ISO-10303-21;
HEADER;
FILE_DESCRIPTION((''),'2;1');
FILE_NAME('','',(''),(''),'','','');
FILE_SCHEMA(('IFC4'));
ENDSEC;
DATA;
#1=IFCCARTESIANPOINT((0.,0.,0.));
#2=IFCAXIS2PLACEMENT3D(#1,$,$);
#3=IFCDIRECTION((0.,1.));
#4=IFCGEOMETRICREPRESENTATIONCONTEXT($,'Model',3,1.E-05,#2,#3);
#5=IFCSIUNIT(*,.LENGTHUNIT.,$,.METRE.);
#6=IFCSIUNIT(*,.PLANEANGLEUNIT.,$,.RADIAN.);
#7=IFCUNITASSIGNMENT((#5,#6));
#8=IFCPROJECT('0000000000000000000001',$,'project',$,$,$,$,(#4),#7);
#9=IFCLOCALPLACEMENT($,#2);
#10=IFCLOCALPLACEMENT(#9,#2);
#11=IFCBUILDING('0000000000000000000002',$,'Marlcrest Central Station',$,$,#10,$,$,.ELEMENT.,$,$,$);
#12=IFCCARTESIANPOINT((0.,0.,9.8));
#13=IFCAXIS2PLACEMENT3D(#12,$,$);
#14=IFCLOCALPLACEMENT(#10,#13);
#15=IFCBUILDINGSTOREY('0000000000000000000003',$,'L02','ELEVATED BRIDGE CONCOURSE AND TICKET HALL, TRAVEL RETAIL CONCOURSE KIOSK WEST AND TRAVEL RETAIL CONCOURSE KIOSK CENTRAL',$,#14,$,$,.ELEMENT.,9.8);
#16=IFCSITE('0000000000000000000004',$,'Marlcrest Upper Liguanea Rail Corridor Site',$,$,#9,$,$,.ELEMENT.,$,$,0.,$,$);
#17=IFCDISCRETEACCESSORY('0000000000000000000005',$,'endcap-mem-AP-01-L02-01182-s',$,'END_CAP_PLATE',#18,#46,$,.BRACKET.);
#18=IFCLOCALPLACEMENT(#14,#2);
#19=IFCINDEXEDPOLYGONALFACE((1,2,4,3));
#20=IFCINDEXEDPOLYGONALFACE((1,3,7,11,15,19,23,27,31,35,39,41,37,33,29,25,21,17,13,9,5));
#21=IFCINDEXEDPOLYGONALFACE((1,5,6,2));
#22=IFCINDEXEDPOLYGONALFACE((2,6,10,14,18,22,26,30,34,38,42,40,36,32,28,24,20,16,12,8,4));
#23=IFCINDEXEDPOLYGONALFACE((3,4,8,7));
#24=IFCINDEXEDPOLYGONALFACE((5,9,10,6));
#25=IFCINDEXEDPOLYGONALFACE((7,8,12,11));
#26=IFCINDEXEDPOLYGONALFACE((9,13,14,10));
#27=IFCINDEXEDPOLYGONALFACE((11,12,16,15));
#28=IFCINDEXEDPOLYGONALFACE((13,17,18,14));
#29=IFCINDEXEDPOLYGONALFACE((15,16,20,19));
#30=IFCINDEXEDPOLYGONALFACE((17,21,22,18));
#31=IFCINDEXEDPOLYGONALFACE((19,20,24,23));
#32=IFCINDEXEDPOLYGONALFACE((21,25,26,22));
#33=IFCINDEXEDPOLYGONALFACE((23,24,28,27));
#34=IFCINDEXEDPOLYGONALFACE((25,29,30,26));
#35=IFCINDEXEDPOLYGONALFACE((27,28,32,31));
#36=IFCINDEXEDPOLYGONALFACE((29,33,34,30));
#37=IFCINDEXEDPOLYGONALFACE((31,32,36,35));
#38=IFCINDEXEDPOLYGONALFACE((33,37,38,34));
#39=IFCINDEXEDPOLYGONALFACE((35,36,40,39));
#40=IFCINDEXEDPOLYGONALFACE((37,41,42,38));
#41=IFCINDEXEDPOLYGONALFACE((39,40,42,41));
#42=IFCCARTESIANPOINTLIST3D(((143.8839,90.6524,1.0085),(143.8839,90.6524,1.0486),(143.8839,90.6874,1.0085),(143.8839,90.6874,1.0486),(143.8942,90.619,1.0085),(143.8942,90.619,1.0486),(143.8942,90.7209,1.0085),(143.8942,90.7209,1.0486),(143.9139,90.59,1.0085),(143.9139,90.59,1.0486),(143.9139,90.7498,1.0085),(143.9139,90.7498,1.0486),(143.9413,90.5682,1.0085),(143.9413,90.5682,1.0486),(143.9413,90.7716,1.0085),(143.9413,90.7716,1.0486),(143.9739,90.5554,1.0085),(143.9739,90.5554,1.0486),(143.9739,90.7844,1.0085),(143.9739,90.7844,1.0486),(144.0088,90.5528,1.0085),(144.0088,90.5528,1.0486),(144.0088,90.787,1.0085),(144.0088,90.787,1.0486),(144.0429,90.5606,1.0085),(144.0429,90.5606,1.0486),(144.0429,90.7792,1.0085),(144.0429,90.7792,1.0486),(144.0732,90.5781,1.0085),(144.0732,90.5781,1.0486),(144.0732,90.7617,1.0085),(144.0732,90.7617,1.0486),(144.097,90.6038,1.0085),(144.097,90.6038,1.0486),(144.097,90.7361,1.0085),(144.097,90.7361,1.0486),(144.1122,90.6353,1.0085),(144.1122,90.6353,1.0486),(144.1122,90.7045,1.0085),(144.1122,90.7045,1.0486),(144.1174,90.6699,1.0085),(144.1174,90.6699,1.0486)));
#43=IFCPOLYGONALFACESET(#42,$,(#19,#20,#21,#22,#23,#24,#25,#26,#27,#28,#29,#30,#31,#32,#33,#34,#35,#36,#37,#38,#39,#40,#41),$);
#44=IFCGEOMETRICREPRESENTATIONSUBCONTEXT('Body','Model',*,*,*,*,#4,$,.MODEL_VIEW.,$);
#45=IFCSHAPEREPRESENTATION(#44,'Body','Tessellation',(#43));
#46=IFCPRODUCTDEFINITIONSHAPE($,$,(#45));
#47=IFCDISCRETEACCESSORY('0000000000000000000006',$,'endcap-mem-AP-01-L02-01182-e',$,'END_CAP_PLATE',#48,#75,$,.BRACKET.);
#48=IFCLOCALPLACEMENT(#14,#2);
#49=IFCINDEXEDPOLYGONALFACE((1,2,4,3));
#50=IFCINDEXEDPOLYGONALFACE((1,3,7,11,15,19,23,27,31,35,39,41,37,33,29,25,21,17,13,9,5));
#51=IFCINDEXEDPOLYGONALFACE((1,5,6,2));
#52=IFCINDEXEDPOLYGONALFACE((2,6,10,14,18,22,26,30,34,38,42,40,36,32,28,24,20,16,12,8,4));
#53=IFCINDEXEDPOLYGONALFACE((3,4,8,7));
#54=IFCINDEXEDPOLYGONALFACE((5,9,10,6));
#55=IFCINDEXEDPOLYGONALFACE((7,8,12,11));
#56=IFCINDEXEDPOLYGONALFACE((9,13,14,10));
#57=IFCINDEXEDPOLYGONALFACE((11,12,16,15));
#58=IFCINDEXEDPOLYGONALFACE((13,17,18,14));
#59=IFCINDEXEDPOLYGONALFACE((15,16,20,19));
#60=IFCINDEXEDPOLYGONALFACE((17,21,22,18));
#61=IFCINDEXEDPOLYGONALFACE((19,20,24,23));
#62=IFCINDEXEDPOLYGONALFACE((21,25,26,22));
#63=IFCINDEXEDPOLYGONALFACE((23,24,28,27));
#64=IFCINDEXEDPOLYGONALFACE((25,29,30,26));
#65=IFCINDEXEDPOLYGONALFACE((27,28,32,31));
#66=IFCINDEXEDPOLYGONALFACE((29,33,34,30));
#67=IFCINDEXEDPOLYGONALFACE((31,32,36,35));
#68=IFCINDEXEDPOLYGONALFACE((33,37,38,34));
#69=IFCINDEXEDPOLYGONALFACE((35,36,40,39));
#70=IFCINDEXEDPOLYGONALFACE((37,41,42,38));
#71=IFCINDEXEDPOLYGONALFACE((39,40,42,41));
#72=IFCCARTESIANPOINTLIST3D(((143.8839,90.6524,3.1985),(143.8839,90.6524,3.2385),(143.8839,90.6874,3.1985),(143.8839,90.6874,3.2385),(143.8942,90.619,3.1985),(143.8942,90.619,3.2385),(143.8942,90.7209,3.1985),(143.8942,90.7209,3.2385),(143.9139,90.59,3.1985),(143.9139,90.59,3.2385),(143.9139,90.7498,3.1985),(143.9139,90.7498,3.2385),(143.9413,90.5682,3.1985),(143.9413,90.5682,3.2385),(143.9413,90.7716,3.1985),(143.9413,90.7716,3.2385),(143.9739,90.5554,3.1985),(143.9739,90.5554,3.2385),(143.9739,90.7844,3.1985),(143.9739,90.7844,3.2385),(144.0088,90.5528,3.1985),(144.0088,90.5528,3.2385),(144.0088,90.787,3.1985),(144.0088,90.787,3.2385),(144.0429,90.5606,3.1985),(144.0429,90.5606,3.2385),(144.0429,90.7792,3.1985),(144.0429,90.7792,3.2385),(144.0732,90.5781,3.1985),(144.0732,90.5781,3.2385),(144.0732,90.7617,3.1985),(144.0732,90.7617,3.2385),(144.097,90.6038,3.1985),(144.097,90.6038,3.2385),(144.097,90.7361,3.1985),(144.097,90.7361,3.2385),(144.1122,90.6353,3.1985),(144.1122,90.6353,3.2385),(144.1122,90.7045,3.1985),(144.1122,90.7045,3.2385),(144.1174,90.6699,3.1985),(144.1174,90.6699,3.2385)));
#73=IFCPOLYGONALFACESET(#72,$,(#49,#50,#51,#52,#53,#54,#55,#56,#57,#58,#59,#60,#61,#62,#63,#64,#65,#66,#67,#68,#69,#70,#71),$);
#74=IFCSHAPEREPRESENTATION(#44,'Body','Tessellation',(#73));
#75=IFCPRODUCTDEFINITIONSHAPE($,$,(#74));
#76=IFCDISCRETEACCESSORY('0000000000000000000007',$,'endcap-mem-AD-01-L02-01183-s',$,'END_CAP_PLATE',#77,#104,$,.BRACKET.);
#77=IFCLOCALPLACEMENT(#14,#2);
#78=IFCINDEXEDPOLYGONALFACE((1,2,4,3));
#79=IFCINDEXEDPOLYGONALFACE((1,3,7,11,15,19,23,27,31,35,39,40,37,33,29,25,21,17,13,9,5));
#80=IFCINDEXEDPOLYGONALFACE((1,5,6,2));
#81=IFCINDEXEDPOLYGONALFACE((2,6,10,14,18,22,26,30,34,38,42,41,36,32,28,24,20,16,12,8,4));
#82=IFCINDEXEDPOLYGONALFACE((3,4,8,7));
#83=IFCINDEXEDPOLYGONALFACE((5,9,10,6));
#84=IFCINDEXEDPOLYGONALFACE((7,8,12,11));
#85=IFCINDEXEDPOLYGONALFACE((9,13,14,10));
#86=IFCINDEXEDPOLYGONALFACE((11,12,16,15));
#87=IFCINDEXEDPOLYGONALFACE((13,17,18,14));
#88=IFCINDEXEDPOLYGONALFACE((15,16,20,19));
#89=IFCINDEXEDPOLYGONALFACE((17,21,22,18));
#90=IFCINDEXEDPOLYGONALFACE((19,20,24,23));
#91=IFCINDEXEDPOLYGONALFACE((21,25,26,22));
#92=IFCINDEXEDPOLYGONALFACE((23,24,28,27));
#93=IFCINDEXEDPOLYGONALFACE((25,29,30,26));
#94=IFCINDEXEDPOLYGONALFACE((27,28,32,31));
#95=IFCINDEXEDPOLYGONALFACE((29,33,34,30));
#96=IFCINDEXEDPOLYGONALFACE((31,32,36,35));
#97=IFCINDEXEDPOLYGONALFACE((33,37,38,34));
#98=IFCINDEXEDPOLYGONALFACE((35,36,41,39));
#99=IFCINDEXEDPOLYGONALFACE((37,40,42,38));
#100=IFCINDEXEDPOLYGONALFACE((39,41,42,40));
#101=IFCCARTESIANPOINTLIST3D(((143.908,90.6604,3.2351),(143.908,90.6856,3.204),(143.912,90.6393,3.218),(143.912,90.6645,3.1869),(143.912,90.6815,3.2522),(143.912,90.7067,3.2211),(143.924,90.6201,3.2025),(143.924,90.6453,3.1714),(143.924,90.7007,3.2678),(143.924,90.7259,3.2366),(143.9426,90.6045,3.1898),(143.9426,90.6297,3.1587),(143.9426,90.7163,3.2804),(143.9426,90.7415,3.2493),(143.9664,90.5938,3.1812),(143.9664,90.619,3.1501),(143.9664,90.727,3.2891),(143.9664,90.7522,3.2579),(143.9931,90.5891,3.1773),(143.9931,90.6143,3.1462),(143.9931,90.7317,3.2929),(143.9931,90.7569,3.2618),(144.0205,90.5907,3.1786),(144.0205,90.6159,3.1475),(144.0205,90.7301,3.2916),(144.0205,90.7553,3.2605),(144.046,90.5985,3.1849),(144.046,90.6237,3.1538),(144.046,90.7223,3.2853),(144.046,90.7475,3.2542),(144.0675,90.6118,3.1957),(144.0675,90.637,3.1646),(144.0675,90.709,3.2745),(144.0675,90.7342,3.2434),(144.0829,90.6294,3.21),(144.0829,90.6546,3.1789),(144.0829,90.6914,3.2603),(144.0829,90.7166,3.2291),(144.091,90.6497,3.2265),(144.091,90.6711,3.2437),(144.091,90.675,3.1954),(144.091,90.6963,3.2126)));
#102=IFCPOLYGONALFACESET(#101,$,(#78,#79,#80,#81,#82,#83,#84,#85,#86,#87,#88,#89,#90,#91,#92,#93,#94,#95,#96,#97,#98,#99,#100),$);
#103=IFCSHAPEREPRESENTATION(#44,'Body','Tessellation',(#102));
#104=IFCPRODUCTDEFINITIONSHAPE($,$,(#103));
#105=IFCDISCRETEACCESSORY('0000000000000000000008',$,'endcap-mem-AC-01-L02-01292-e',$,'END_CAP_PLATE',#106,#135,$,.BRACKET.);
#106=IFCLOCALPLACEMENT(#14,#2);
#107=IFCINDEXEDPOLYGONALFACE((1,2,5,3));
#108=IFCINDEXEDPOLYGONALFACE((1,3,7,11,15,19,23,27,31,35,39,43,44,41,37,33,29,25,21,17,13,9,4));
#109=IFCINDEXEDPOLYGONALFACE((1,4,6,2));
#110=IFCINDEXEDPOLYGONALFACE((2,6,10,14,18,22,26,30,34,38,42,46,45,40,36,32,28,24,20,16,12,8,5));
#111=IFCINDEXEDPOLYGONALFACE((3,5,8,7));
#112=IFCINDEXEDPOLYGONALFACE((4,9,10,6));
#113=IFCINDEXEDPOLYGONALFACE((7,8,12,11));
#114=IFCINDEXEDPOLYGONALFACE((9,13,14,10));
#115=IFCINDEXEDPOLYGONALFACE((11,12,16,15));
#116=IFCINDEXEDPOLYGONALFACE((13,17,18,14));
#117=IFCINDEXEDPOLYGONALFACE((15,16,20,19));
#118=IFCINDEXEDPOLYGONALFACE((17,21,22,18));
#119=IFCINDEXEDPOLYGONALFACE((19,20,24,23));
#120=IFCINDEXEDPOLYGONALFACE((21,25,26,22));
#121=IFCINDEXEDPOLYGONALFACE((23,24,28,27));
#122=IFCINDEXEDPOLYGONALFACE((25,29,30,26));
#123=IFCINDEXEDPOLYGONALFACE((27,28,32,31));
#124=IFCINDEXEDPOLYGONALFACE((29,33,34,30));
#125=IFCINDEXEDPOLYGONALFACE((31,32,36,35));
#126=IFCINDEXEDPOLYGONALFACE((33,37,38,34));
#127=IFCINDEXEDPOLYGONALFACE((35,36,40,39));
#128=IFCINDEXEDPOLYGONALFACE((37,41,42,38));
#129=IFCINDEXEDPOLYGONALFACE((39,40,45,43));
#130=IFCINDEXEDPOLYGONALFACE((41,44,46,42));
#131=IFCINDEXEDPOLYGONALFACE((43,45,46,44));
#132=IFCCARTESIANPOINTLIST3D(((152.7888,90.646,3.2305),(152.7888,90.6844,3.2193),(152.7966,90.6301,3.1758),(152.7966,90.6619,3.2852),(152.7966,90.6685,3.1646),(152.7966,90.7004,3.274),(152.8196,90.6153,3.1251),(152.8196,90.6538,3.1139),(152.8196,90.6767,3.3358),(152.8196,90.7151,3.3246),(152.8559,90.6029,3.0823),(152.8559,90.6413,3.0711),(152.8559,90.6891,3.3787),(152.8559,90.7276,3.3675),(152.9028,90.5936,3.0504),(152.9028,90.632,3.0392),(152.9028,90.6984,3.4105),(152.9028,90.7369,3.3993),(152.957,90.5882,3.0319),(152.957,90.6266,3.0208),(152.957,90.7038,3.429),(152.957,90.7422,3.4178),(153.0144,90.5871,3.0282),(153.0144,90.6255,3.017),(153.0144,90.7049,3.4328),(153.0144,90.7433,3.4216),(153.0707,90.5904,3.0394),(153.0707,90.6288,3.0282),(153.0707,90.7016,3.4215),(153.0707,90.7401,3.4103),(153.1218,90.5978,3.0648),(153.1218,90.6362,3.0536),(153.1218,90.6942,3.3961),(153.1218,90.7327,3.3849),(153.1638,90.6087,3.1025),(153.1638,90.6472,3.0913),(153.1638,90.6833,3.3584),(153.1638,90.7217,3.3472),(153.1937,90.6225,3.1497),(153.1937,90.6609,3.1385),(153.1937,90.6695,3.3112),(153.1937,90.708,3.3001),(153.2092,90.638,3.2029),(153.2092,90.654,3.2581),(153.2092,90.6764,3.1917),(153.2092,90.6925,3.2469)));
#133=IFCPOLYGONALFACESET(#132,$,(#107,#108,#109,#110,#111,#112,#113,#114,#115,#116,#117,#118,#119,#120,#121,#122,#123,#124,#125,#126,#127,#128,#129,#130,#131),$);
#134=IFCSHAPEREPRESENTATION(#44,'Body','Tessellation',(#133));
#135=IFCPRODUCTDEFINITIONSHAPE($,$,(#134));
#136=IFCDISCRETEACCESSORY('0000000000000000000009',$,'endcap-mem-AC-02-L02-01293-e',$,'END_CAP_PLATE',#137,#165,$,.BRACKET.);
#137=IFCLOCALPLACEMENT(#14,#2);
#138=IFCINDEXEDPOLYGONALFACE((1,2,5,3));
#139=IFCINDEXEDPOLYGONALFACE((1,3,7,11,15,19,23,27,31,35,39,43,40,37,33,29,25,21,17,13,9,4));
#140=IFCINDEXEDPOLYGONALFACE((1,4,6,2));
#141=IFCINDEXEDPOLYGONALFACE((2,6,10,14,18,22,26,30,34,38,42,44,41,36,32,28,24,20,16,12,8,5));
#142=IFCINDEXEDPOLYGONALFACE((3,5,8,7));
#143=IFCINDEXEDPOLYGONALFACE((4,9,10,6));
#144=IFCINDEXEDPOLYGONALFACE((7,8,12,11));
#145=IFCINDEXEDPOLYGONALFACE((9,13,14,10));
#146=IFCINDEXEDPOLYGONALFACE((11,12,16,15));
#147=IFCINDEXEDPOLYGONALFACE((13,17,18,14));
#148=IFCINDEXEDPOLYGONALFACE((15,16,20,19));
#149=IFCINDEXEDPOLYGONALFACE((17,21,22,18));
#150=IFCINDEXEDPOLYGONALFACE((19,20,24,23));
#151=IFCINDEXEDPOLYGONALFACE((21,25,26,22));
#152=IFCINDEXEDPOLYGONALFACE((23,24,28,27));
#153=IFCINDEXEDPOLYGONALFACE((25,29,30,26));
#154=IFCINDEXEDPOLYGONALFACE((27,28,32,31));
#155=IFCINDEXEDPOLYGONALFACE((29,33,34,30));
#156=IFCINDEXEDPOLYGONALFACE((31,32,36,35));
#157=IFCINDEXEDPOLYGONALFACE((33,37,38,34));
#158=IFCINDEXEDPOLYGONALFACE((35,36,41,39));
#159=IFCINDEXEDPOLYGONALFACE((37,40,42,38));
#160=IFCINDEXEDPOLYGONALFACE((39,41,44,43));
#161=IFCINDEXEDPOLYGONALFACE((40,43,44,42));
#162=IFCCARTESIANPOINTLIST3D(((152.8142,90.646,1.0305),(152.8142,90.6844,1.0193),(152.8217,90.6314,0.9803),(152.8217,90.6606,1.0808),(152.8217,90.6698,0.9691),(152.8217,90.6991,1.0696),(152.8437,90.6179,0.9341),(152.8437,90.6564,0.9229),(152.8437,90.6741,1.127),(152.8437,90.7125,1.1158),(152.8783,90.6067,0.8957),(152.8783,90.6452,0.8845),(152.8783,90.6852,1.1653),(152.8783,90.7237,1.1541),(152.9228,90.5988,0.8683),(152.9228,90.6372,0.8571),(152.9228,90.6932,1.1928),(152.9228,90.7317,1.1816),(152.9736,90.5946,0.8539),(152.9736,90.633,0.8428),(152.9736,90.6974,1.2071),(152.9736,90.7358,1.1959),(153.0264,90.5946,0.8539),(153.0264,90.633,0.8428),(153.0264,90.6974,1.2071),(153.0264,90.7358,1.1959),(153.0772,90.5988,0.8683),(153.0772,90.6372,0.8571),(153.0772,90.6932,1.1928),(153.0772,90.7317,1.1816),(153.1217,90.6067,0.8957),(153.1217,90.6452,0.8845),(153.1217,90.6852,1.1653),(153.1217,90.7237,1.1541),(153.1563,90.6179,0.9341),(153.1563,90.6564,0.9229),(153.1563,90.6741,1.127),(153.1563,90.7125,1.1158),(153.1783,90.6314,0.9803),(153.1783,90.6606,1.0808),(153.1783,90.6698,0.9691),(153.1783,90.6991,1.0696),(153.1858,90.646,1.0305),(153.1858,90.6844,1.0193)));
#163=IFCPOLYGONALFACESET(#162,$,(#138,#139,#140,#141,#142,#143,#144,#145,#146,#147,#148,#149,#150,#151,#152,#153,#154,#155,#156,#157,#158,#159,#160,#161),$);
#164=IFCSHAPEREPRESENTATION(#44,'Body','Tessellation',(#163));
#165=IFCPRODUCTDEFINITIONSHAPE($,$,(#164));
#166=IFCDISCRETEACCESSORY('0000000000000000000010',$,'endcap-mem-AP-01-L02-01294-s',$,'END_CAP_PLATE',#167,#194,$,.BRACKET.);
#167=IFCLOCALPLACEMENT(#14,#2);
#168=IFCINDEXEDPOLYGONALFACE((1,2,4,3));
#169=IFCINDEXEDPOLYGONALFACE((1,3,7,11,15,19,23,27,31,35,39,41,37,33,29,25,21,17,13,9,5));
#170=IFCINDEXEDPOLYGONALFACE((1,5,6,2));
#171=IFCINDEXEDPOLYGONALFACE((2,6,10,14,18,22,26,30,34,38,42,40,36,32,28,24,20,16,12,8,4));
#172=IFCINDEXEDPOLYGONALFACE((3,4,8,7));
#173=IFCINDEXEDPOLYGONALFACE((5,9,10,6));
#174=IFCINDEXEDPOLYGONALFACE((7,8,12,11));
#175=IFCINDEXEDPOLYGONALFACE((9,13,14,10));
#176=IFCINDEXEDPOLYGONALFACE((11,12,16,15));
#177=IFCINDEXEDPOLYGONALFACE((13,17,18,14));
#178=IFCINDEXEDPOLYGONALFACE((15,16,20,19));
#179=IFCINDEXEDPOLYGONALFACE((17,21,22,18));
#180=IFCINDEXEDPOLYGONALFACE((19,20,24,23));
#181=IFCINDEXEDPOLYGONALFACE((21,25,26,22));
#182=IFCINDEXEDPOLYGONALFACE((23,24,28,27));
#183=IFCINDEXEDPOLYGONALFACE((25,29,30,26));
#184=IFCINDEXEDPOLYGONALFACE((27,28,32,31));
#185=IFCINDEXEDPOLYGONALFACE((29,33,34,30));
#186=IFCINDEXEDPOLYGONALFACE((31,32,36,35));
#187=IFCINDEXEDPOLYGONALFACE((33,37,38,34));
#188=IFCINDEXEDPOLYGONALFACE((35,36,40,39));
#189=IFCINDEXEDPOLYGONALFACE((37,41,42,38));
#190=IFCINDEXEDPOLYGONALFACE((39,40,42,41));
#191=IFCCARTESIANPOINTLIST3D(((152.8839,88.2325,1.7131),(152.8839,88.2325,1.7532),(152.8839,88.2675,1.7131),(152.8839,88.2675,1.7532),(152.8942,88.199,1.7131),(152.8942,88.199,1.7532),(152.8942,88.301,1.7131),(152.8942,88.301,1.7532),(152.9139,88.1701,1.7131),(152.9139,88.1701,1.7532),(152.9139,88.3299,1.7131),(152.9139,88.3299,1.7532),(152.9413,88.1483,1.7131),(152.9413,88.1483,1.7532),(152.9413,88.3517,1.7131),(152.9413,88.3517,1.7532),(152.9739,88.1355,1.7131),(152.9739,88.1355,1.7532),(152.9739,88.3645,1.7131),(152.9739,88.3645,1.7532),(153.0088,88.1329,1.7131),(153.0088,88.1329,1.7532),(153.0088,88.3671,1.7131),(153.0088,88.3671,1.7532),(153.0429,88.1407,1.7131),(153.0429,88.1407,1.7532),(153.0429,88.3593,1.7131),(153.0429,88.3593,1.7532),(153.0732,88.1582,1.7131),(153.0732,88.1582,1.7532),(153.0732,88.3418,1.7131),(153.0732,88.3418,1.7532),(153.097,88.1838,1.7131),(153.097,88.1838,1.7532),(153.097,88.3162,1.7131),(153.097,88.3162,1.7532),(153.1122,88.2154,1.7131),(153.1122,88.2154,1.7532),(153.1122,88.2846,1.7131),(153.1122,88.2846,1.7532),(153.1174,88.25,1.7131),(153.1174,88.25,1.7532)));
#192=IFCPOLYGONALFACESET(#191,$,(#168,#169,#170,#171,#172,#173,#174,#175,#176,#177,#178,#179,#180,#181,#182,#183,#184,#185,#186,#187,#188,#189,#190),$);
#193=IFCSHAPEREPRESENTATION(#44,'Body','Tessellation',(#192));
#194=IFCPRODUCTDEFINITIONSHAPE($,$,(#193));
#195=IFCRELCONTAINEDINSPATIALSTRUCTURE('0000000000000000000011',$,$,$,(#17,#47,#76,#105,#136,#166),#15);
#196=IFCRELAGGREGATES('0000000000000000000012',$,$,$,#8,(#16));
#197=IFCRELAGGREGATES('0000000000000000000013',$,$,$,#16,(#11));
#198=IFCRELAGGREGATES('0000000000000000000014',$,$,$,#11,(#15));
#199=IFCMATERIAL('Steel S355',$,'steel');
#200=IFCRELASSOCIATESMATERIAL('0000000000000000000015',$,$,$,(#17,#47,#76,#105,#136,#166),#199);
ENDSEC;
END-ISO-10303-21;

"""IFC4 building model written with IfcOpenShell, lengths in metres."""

from ifc_helpers import new_model, si_unit, direction, frame, origin, origin_2d, place, context, subcontext, project, spatial, circle, extrude, material, element, save


model = new_model("IFC4")

# Units and contexts
model_context = context("Model", 3, precision=1e-05, world=origin(), true_north=direction((0.0, 1.0)))
body_context = subcontext(model_context, "Body", "Model", "MODEL_VIEW")
ifc_project = project(units=[si_unit("LENGTHUNIT", "METRE"), si_unit("PLANEANGLEUNIT", "RADIAN")], contexts=[model_context])

# Site, building, storey
site_placement = place(None, origin())
site = spatial("IfcSite", under=ifc_project, at=site_placement, Name="Marlcrest Upper Liguanea Rail Corridor Site", CompositionType="ELEMENT", RefElevation=0.0)
building_placement = place(site_placement, origin())
building = spatial("IfcBuilding", under=site, at=building_placement, Name="Marlcrest Central Station", CompositionType="ELEMENT")
storey_placement = place(building_placement, frame((0.0, 0.0, 9.8)))
storey = spatial("IfcBuildingStorey", under=building, at=storey_placement, Name="L02", Description="ELEVATED BRIDGE CONCOURSE AND TICKET HALL, TRAVEL RETAIL CONCOURSE KIOSK WEST AND TRAVEL RETAIL CONCOURSE KIOSK CENTRAL", CompositionType="ELEMENT", Elevation=9.8)

# Shared definitions
ifc_material_1 = material(Name="Steel S355", Category="steel")

# Discrete accessories
for number, where, z_axis, x_axis, name in (
    (1, (144.0, 90.6699, 1.0085), (0.0, 0.0, 1.0), (1.0, 0.0, 0.0), "endcap-mem-AP-01-L02-01182-s"),
    (2, (144.0, 90.6699, 3.1985), (0.0, 0.0, 1.0), (1.0, 0.0, 0.0), "endcap-mem-AP-01-L02-01182-e"),
):
    element("IfcDiscreteAccessory", number, at=place(storey_placement, frame(where, z_axis=z_axis, x_axis=x_axis)), inside=storey, material=ifc_material_1, Name=name, ObjectType="END_CAP_PLATE", PredefinedType="BRACKET", context=body_context, shape_type="SweptSolid", body=[
        extrude(circle(Radius=0.1174, at=origin_2d()), origin(), (0.0, 0.0, 1.0), 0.04),
    ])
discrete_accessory_1_placement = place(storey_placement, frame((144.0, 90.6604, 3.2351), z_axis=(0.0, 0.629629, -0.776896), x_axis=(-1.0, 0.0, 0.0)))
element("IfcDiscreteAccessory", 3, at=discrete_accessory_1_placement, inside=storey, material=ifc_material_1, Name="endcap-mem-AD-01-L02-01183-s", ObjectType="END_CAP_PLATE", PredefinedType="BRACKET", context=body_context, shape_type="SweptSolid", body=[
    extrude(circle(Radius=0.092, at=origin_2d()), origin(), (0.0, 0.0, 1.0), 0.04),
])
discrete_accessory_2_placement = place(storey_placement, frame((153.0, 90.646, 3.2305), z_axis=(0.0, 0.96013, -0.279554), x_axis=(-1.0, 0.0, 0.0)))
element("IfcDiscreteAccessory", 4, at=discrete_accessory_2_placement, inside=storey, material=ifc_material_1, Name="endcap-mem-AC-01-L02-01292-e", ObjectType="END_CAP_PLATE", PredefinedType="BRACKET", context=body_context, shape_type="SweptSolid", body=[
    extrude(circle(Radius=0.2112, at=origin_2d()), origin(), (0.0, 0.0, 1.0), 0.04),
])
discrete_accessory_3_placement = place(storey_placement, frame((153.0, 90.646, 1.0305), z_axis=(0.0, 0.96013, -0.279554), x_axis=(-1.0, 0.0, 0.0)))
element("IfcDiscreteAccessory", 5, at=discrete_accessory_3_placement, inside=storey, material=ifc_material_1, Name="endcap-mem-AC-02-L02-01293-e", ObjectType="END_CAP_PLATE", PredefinedType="BRACKET", context=body_context, shape_type="SweptSolid", body=[
    extrude(circle(Radius=0.1858, at=origin_2d()), origin(), (0.0, 0.0, 1.0), 0.04),
])
for number, where, z_axis, x_axis, name in (
    (6, (153.0, 88.25, 1.7131), (0.0, 0.0, 1.0), (1.0, 0.0, 0.0), "endcap-mem-AP-01-L02-01294-s"),
):
    element("IfcDiscreteAccessory", number, at=place(storey_placement, frame(where, z_axis=z_axis, x_axis=x_axis)), inside=storey, material=ifc_material_1, Name=name, ObjectType="END_CAP_PLATE", PredefinedType="BRACKET", context=body_context, shape_type="SweptSolid", body=[
        extrude(circle(Radius=0.1174, at=origin_2d()), origin(), (0.0, 0.0, 1.0), 0.04),
    ])

save(model, "model.ifc")
